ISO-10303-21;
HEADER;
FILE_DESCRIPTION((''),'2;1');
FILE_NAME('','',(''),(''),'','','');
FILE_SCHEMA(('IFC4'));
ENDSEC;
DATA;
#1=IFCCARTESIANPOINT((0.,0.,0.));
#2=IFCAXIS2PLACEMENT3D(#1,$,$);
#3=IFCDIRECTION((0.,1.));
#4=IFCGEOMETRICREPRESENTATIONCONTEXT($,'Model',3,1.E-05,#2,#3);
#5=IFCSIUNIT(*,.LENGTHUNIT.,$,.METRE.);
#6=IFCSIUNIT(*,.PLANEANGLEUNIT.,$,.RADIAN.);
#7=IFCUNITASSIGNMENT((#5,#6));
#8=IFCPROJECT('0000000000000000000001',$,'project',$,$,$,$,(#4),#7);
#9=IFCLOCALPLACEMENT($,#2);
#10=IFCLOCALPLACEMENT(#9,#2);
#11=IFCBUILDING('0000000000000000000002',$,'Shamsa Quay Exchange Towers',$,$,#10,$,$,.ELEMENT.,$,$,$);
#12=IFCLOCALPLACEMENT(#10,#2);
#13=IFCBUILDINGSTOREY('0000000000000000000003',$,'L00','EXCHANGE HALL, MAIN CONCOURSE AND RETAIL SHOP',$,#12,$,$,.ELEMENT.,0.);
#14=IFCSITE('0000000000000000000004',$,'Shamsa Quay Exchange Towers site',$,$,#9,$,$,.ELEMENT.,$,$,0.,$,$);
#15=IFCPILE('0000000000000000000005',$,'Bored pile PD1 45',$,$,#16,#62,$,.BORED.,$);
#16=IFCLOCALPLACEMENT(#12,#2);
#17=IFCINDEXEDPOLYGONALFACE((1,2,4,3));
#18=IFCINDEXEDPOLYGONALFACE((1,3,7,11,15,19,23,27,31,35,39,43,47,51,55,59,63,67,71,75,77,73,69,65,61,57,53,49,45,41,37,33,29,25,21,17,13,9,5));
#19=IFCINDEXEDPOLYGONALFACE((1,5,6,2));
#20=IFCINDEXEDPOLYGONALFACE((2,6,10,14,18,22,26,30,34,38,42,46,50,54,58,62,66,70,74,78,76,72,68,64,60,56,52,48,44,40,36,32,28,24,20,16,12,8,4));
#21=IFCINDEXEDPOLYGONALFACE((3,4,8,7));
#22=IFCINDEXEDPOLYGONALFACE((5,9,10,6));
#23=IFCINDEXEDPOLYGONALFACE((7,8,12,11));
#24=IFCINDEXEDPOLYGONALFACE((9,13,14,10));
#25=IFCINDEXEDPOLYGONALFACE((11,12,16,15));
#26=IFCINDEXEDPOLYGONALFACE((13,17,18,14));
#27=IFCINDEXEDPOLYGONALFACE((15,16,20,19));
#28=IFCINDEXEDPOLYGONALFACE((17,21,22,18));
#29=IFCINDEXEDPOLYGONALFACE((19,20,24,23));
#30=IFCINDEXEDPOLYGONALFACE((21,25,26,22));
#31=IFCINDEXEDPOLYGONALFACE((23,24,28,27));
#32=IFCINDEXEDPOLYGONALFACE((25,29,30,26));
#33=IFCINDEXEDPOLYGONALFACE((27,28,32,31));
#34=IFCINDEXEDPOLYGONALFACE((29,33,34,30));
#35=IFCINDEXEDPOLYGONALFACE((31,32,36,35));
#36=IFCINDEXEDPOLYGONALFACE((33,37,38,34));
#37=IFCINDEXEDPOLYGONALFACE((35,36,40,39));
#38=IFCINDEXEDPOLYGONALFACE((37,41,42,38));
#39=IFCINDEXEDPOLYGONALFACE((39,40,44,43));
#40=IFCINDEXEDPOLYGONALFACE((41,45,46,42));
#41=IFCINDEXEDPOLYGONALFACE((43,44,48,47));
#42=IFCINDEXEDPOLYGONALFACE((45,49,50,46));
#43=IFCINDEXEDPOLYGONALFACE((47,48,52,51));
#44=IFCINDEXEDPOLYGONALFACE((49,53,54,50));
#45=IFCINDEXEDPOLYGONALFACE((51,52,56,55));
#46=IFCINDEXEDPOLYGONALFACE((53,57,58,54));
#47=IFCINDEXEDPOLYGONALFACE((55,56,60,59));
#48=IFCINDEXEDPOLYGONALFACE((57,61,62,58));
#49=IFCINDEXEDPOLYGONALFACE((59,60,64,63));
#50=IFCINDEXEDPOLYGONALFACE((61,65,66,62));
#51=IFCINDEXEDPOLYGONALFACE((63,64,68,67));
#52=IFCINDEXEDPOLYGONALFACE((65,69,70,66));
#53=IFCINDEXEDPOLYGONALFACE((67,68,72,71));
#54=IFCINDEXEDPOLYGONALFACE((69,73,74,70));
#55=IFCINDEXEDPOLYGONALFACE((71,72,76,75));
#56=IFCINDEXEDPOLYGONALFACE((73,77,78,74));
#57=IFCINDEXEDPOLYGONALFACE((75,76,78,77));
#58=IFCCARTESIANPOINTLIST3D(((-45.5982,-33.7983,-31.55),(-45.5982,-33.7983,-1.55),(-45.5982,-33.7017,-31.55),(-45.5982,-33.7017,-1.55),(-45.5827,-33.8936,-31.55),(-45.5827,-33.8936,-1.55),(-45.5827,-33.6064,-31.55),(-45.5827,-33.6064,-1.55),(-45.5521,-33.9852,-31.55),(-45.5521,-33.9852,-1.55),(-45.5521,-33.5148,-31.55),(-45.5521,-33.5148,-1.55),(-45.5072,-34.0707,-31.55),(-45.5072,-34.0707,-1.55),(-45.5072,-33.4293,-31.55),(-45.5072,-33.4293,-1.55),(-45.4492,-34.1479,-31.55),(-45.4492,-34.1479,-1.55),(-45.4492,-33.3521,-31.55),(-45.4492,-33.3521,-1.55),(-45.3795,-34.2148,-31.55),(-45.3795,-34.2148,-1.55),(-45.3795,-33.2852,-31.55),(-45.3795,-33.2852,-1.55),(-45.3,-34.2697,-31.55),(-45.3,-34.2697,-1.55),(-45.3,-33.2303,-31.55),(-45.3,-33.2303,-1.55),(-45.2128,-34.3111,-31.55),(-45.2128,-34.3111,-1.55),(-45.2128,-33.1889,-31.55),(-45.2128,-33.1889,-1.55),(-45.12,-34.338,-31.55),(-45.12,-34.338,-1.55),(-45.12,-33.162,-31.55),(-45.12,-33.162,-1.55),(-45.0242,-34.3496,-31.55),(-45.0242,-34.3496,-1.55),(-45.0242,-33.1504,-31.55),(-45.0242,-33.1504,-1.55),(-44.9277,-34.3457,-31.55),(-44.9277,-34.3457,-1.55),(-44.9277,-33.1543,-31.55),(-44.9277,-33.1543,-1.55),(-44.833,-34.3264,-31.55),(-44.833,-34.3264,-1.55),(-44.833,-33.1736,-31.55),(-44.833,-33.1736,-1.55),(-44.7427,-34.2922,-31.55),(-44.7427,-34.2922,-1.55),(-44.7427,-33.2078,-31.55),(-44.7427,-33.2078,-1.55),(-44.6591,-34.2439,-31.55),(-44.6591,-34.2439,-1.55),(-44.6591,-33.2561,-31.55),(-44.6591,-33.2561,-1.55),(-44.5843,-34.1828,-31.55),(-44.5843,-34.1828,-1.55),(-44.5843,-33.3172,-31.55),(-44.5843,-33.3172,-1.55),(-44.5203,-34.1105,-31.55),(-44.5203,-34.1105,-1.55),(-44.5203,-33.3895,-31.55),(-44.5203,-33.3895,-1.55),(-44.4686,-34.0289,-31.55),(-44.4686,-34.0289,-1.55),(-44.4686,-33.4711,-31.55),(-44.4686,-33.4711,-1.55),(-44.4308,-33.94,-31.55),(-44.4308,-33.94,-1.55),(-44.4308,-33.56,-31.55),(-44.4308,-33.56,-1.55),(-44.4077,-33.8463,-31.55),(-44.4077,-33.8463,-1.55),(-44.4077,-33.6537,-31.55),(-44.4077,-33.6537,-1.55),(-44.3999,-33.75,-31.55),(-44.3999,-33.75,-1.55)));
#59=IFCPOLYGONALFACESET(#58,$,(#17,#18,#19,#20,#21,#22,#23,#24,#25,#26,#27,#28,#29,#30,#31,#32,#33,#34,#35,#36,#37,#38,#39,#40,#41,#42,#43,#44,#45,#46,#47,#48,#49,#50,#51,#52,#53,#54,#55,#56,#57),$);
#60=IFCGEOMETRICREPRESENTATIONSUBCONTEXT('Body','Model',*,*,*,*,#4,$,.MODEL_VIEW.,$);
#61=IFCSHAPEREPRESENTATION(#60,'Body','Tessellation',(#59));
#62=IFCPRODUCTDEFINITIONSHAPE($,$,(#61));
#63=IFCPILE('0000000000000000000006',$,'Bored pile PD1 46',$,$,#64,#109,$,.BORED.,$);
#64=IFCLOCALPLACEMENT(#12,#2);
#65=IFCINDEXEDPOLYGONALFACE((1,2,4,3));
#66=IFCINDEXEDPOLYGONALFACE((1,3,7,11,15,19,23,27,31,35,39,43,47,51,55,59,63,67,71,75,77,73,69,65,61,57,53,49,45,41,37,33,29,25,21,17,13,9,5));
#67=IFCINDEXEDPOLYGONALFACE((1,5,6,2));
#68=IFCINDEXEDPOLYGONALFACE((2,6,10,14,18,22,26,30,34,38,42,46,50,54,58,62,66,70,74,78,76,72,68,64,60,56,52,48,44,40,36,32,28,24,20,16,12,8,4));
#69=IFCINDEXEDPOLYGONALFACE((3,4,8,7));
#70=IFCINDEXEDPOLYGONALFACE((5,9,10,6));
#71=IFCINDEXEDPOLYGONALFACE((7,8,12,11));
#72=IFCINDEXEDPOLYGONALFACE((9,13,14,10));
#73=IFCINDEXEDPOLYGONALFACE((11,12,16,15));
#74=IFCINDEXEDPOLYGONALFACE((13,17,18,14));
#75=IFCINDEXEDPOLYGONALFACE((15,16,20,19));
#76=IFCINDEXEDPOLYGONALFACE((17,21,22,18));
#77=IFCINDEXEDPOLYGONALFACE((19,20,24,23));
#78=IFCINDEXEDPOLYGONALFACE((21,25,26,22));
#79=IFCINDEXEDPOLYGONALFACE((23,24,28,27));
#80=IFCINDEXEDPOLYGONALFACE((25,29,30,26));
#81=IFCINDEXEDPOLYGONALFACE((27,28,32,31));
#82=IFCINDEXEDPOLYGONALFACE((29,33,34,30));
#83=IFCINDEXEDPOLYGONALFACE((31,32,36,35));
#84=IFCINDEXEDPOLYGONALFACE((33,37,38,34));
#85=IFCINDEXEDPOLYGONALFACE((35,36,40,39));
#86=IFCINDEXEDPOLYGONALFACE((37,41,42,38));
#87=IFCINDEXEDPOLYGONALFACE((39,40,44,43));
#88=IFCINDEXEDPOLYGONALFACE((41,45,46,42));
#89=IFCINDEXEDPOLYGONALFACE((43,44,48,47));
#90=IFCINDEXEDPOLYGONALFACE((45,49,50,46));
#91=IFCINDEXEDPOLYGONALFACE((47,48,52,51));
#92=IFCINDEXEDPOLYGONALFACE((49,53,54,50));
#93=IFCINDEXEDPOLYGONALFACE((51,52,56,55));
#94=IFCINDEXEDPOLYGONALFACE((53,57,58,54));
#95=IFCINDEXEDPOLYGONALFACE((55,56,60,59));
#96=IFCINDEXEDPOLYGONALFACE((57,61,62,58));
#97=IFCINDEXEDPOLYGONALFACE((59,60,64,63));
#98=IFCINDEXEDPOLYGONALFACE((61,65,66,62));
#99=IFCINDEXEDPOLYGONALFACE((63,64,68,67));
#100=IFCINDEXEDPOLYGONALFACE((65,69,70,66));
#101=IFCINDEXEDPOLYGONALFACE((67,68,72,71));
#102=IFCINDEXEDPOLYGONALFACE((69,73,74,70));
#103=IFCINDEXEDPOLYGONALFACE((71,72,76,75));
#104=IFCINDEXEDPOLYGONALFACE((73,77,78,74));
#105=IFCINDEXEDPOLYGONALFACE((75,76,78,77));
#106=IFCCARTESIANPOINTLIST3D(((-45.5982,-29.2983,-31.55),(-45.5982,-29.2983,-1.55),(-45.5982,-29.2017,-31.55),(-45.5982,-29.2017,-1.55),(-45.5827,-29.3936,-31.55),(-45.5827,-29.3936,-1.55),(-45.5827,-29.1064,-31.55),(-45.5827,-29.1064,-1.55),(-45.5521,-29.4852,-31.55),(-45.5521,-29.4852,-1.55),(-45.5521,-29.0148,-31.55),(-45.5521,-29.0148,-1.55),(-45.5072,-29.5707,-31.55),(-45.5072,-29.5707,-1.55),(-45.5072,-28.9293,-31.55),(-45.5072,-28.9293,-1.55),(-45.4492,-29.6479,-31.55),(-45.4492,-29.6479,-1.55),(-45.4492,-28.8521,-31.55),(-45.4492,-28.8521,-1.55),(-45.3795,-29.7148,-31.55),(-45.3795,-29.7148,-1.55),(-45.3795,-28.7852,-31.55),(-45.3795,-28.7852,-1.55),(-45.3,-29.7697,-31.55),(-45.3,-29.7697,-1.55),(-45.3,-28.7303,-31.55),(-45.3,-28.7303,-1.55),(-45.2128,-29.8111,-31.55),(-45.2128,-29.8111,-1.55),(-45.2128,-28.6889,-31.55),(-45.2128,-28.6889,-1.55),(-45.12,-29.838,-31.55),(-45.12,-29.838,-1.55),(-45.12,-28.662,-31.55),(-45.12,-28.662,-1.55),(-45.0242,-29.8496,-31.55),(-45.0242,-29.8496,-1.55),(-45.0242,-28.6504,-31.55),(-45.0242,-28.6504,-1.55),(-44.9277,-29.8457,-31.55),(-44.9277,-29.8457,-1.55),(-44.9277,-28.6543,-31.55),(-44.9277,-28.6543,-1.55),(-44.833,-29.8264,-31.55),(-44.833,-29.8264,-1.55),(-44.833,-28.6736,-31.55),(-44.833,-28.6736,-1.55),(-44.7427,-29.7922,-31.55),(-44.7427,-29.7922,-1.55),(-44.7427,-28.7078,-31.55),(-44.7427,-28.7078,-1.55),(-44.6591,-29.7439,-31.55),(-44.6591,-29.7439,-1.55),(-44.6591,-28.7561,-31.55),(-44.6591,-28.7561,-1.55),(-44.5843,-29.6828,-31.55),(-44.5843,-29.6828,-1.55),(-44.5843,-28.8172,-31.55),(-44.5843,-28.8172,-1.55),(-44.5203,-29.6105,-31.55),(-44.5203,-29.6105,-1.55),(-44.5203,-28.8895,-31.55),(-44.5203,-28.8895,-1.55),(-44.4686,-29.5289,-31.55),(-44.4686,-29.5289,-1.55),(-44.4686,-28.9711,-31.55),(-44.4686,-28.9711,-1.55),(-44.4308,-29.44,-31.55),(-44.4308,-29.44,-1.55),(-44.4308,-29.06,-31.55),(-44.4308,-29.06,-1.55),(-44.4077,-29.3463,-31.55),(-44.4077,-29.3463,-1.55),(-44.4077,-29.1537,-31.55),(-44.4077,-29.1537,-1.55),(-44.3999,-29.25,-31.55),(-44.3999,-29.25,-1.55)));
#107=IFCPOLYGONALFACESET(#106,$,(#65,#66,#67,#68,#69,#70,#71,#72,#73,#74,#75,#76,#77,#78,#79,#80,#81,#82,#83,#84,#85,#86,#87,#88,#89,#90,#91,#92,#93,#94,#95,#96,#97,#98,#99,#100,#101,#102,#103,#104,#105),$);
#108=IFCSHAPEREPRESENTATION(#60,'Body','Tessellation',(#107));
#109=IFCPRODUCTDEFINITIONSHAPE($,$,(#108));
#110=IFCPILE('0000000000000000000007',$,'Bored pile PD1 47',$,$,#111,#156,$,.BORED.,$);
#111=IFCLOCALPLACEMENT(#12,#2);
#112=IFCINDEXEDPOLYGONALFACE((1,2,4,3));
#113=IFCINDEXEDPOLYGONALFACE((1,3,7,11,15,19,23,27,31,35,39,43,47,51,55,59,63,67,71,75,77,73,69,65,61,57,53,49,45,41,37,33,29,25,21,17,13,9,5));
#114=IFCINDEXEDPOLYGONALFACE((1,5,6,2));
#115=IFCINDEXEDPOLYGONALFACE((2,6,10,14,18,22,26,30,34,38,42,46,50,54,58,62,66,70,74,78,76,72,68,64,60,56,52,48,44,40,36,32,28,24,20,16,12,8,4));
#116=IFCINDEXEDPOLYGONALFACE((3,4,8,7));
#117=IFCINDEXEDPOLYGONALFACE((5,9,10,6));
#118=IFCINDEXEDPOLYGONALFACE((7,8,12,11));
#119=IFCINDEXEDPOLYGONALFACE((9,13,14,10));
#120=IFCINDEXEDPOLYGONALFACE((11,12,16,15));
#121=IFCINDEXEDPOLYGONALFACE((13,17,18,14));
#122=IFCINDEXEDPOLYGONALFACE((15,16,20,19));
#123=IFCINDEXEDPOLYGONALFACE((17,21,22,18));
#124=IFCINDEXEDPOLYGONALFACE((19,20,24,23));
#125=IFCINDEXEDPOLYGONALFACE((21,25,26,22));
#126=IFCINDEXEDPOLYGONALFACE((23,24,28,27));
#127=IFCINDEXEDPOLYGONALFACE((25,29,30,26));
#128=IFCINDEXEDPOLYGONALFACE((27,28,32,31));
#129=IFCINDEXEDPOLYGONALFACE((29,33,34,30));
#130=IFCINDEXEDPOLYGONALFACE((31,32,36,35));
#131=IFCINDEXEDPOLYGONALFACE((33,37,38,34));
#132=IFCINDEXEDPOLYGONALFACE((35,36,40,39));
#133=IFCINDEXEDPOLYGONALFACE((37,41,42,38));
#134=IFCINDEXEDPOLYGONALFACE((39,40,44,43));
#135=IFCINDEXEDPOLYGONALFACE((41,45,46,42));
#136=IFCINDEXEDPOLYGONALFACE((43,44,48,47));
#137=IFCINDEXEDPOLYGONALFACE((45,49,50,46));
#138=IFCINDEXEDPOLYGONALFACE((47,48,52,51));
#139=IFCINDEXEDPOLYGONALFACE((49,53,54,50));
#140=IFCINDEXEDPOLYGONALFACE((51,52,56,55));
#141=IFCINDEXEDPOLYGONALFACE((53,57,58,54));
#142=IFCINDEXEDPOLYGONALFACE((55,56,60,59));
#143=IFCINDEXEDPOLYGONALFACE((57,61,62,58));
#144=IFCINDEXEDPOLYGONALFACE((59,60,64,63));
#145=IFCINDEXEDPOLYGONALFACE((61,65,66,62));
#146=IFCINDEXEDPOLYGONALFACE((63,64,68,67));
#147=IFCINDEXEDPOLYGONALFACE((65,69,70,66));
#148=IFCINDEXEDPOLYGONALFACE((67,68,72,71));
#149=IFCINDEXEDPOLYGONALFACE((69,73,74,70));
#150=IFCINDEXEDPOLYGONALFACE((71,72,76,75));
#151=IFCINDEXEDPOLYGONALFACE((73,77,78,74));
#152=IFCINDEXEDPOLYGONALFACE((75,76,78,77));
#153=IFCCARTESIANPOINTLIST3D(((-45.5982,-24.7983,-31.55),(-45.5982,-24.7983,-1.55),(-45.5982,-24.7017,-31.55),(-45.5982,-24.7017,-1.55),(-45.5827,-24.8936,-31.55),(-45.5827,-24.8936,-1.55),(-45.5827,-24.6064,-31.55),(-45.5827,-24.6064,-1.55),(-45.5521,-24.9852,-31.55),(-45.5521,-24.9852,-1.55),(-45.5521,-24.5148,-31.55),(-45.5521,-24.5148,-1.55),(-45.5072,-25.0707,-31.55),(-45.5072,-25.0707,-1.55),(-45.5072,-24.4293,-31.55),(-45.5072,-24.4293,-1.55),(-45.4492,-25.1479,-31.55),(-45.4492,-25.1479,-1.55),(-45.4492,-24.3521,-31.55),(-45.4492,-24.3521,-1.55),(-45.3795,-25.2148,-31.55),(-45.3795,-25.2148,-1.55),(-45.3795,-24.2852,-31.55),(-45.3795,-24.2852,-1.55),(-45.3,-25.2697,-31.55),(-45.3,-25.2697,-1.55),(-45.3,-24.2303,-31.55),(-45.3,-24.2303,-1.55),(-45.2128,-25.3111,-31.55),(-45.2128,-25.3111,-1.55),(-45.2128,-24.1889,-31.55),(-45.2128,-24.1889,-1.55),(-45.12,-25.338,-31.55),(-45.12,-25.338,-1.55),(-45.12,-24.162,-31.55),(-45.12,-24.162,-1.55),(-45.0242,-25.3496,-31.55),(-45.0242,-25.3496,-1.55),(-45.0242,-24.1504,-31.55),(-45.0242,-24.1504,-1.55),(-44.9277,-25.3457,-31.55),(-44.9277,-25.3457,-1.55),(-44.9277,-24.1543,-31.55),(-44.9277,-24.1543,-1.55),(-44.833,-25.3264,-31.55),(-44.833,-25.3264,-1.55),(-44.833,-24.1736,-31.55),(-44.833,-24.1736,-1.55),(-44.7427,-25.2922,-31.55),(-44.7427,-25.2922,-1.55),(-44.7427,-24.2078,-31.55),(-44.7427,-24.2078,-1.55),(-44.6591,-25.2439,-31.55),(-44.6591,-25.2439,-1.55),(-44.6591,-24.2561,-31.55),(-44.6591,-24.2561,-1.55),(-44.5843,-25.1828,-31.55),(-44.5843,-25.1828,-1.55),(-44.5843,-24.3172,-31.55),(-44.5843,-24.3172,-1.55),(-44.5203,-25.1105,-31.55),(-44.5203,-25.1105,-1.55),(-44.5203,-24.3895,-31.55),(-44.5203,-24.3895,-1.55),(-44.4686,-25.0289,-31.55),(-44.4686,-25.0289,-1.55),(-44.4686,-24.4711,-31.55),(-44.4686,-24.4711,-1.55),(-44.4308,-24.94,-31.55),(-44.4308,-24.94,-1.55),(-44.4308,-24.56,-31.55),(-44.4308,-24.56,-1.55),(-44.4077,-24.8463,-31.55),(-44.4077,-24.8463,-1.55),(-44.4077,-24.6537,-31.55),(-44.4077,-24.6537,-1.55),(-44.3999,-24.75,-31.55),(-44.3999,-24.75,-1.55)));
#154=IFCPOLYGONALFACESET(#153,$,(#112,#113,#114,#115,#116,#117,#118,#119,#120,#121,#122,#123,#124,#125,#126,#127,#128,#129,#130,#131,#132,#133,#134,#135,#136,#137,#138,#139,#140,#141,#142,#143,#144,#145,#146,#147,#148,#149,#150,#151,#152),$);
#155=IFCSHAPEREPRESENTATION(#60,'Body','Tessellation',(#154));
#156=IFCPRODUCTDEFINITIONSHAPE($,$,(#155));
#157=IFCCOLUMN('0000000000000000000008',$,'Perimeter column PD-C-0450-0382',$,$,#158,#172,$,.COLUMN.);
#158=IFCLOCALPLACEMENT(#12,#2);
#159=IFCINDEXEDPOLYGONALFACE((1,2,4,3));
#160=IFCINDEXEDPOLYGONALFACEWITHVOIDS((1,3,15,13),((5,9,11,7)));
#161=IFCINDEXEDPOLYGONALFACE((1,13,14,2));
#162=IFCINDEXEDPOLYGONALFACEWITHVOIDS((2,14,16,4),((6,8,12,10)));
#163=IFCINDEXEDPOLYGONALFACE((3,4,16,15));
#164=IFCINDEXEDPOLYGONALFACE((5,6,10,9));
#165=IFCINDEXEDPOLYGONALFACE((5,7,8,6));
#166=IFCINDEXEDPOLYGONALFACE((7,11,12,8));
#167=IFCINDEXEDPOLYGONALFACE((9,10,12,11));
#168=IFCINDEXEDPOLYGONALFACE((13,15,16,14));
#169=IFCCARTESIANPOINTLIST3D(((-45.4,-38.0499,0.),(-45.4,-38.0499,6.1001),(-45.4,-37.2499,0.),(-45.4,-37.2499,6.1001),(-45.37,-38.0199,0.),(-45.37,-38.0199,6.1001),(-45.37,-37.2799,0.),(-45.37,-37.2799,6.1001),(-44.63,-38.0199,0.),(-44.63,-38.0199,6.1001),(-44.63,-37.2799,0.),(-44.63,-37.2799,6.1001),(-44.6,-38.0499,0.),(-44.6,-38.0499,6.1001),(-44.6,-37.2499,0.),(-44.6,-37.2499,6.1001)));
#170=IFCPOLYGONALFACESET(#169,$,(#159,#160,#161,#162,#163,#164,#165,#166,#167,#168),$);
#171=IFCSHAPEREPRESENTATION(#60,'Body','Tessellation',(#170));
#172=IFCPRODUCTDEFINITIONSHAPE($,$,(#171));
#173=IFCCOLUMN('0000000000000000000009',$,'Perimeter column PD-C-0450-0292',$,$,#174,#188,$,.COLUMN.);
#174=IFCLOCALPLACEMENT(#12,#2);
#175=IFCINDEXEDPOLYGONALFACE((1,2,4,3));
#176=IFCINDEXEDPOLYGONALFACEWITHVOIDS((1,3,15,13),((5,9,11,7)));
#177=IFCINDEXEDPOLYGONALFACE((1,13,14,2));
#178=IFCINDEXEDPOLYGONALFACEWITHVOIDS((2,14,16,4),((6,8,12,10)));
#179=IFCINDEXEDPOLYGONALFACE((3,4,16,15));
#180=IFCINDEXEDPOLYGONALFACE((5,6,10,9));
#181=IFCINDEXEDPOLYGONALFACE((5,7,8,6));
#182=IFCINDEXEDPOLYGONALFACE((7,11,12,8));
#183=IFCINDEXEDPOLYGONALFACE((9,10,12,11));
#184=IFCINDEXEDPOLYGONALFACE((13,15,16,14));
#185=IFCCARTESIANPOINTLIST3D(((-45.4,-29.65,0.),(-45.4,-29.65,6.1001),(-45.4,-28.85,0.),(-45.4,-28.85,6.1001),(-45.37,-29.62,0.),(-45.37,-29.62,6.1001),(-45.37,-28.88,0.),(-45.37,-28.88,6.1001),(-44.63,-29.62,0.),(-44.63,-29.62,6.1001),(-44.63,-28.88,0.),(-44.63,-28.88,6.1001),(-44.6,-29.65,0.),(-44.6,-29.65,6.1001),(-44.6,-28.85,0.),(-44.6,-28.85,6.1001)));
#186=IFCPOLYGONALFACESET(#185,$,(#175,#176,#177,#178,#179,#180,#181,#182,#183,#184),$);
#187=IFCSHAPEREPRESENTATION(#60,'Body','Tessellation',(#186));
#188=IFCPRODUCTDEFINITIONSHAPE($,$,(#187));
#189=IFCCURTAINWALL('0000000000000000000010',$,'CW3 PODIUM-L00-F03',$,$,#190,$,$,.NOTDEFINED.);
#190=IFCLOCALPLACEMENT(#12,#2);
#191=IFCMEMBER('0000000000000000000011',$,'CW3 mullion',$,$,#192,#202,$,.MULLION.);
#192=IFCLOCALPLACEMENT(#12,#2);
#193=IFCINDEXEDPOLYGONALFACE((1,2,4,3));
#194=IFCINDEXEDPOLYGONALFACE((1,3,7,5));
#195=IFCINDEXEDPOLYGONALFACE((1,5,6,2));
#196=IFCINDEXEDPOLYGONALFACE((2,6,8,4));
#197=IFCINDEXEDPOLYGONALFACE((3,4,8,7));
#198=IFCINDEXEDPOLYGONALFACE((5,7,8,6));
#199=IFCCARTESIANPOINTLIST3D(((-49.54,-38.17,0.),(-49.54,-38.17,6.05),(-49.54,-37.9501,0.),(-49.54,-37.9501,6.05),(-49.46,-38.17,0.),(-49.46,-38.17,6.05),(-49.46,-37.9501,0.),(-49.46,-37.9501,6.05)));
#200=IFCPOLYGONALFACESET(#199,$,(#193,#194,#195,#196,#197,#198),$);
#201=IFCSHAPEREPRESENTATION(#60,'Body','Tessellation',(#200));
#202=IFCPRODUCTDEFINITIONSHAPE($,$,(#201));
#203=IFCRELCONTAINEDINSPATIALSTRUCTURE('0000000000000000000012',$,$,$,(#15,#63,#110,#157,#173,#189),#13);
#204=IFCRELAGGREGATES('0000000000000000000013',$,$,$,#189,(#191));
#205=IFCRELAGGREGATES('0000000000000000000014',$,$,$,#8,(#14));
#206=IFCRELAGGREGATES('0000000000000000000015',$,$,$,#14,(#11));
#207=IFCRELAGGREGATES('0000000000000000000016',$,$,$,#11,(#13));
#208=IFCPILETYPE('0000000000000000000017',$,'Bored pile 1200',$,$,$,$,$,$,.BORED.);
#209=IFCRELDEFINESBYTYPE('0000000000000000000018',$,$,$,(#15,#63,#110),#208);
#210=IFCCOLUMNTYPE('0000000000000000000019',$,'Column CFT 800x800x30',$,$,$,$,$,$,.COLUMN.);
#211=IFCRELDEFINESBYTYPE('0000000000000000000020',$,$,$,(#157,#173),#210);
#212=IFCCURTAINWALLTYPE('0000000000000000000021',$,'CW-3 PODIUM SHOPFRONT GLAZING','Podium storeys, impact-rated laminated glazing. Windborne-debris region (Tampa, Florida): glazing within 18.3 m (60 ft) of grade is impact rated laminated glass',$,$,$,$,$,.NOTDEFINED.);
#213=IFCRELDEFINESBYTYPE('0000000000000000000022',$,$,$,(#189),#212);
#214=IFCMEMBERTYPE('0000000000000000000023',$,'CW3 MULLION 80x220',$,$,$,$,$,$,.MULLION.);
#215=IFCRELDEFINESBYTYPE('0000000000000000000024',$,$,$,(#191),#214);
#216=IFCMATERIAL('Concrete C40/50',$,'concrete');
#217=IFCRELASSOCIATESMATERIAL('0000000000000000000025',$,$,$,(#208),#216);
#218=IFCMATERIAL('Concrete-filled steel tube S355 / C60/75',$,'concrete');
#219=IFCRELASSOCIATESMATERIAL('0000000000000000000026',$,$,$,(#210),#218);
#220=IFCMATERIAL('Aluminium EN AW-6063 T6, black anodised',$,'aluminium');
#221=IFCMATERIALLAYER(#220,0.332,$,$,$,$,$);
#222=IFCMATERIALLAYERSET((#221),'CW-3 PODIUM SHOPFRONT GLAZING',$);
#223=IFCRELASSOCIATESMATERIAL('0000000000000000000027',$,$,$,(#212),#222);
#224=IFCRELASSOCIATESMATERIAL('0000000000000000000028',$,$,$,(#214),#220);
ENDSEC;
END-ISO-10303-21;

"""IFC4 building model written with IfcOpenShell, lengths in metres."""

from ifc_helpers import new_model, si_unit, direction, frame, origin, origin_2d, place, context, subcontext, project, spatial, rectangle, hollow_rectangle, circle, extrude, material, layer, layer_set, material_profile, profile_set, type_object, element, aggregate, save


model = new_model("IFC4")

# Units and contexts
model_context = context("Model", 3, precision=1e-05, world=origin(), true_north=direction((0.0, 1.0)))
body_context = subcontext(model_context, "Body", "Model", "MODEL_VIEW")
ifc_project = project(units=[si_unit("LENGTHUNIT", "METRE"), si_unit("PLANEANGLEUNIT", "RADIAN")], contexts=[model_context])

# Site, building, storey
site_placement = place(None, origin())
site = spatial("IfcSite", under=ifc_project, at=site_placement, Name="Shamsa Quay Exchange Towers site", CompositionType="ELEMENT", RefElevation=0.0)
building_placement = place(site_placement, origin())
building = spatial("IfcBuilding", under=site, at=building_placement, Name="Shamsa Quay Exchange Towers", CompositionType="ELEMENT")
storey_placement = place(building_placement, origin())
storey = spatial("IfcBuildingStorey", under=building, at=storey_placement, Name="L00", Description="EXCHANGE HALL, MAIN CONCOURSE AND RETAIL SHOP", CompositionType="ELEMENT", Elevation=0.0)

# Piles
ifc_material_1 = material(Name="Concrete C40/50", Category="concrete")
ifc_material_profile_1 = material_profile(ifc_material_1, circle(Radius=0.6001, at=origin_2d()), Name="BP1200")
ifc_profile_set_1 = profile_set([ifc_material_profile_1], Name="Concrete C40/50")
pile_type = type_object("IfcPileType", Name="Bored pile 1200", PredefinedType="BORED", material=ifc_profile_set_1)
for number, where, z_axis, x_axis, name in (
    (1, (-45.0, -33.75, -1.55), (0.0, 0.0, -1.0), (1.0, 0.0, 0.0), "Bored pile PD1 45"),
    (2, (-45.0, -29.25, -1.55), (0.0, 0.0, -1.0), (1.0, 0.0, 0.0), "Bored pile PD1 46"),
    (3, (-45.0, -24.75, -1.55), (0.0, 0.0, -1.0), (1.0, 0.0, 0.0), "Bored pile PD1 47"),
):
    element("IfcPile", number, at=place(storey_placement, frame(where, z_axis=z_axis, x_axis=x_axis)), inside=storey, type_object=pile_type, Name=name, PredefinedType="BORED", context=body_context, shape_type="SweptSolid", body=[
        extrude(circle(Radius=0.6001, at=origin_2d()), origin(), (0.0, 0.0, 1.0), 30.0),
    ])

# Columns
ifc_material_2 = material(Name="Concrete-filled steel tube S355 / C60/75", Category="concrete")
ifc_material_profile_2 = material_profile(ifc_material_2, hollow_rectangle(XDim=0.8, YDim=0.8, WallThickness=0.03, at=origin_2d()), Name="CFT 800x800x30")
ifc_profile_set_2 = profile_set([ifc_material_profile_2], Name="Concrete-filled steel tube S355 / C60/75")
column_type = type_object("IfcColumnType", Name="Column CFT 800x800x30", PredefinedType="COLUMN", material=ifc_profile_set_2)
for number, where, name in (
    (4, (-45.0, -37.6499, 0.0), "Perimeter column PD-C-0450-0382"),
    (5, (-45.0, -29.25, 0.0), "Perimeter column PD-C-0450-0292"),
):
    element("IfcColumn", number, at=place(storey_placement, frame(where)), inside=storey, type_object=column_type, Name=name, PredefinedType="COLUMN", context=body_context, shape_type="SweptSolid", body=[
        extrude(hollow_rectangle(XDim=0.8, YDim=0.8, WallThickness=0.03, at=origin_2d()), origin(), (0.0, 0.0, 1.0), 6.1001),
    ])

# Curtain wall, member
ifc_material_3 = material(Name="Aluminium EN AW-6063 T6, black anodised", Category="aluminium")
ifc_layer_1 = layer(ifc_material_3, 0.332)
ifc_layer_set_1 = layer_set([ifc_layer_1], Name="CW-3 PODIUM SHOPFRONT GLAZING")
curtain_wall_type = type_object("IfcCurtainWallType", Name="CW-3 PODIUM SHOPFRONT GLAZING", Description="Podium storeys, impact-rated laminated glazing. Windborne-debris region (Tampa, Florida): glazing within 18.3 m (60 ft) of grade is impact rated laminated glass", PredefinedType="NOTDEFINED", material=ifc_layer_set_1)
curtain_wall_placement = place(storey_placement, origin())
curtain_wall = element("IfcCurtainWall", 6, at=curtain_wall_placement, inside=storey, type_object=curtain_wall_type, Name="CW3 PODIUM-L00-F03", PredefinedType="NOTDEFINED")
ifc_material_profile_3 = material_profile(ifc_material_3, rectangle(XDim=0.22, YDim=0.0801, at=origin_2d()), Name="MU80x220")
ifc_profile_set_3 = profile_set([ifc_material_profile_3], Name="Aluminium EN AW-6063 T6, black anodised")
member_type_1 = type_object("IfcMemberType", Name="CW3 MULLION 80x220", PredefinedType="MULLION", material=ifc_profile_set_3)
member_1_placement = place(storey_placement, frame((-49.5, -38.0601, 0.0), z_axis=(0.0, 0.0, 1.0), x_axis=(0.0, 1.0, 0.0)))
member_1 = element("IfcMember", 7, at=member_1_placement, type_object=member_type_1, Name="CW3 mullion", PredefinedType="MULLION", context=body_context, shape_type="SweptSolid", body=[
    extrude(rectangle(XDim=0.22, YDim=0.0801, at=origin_2d()), origin(), (0.0, 0.0, 1.0), 6.05),
])
aggregate(curtain_wall, [member_1])

save(model, "model.ifc")
